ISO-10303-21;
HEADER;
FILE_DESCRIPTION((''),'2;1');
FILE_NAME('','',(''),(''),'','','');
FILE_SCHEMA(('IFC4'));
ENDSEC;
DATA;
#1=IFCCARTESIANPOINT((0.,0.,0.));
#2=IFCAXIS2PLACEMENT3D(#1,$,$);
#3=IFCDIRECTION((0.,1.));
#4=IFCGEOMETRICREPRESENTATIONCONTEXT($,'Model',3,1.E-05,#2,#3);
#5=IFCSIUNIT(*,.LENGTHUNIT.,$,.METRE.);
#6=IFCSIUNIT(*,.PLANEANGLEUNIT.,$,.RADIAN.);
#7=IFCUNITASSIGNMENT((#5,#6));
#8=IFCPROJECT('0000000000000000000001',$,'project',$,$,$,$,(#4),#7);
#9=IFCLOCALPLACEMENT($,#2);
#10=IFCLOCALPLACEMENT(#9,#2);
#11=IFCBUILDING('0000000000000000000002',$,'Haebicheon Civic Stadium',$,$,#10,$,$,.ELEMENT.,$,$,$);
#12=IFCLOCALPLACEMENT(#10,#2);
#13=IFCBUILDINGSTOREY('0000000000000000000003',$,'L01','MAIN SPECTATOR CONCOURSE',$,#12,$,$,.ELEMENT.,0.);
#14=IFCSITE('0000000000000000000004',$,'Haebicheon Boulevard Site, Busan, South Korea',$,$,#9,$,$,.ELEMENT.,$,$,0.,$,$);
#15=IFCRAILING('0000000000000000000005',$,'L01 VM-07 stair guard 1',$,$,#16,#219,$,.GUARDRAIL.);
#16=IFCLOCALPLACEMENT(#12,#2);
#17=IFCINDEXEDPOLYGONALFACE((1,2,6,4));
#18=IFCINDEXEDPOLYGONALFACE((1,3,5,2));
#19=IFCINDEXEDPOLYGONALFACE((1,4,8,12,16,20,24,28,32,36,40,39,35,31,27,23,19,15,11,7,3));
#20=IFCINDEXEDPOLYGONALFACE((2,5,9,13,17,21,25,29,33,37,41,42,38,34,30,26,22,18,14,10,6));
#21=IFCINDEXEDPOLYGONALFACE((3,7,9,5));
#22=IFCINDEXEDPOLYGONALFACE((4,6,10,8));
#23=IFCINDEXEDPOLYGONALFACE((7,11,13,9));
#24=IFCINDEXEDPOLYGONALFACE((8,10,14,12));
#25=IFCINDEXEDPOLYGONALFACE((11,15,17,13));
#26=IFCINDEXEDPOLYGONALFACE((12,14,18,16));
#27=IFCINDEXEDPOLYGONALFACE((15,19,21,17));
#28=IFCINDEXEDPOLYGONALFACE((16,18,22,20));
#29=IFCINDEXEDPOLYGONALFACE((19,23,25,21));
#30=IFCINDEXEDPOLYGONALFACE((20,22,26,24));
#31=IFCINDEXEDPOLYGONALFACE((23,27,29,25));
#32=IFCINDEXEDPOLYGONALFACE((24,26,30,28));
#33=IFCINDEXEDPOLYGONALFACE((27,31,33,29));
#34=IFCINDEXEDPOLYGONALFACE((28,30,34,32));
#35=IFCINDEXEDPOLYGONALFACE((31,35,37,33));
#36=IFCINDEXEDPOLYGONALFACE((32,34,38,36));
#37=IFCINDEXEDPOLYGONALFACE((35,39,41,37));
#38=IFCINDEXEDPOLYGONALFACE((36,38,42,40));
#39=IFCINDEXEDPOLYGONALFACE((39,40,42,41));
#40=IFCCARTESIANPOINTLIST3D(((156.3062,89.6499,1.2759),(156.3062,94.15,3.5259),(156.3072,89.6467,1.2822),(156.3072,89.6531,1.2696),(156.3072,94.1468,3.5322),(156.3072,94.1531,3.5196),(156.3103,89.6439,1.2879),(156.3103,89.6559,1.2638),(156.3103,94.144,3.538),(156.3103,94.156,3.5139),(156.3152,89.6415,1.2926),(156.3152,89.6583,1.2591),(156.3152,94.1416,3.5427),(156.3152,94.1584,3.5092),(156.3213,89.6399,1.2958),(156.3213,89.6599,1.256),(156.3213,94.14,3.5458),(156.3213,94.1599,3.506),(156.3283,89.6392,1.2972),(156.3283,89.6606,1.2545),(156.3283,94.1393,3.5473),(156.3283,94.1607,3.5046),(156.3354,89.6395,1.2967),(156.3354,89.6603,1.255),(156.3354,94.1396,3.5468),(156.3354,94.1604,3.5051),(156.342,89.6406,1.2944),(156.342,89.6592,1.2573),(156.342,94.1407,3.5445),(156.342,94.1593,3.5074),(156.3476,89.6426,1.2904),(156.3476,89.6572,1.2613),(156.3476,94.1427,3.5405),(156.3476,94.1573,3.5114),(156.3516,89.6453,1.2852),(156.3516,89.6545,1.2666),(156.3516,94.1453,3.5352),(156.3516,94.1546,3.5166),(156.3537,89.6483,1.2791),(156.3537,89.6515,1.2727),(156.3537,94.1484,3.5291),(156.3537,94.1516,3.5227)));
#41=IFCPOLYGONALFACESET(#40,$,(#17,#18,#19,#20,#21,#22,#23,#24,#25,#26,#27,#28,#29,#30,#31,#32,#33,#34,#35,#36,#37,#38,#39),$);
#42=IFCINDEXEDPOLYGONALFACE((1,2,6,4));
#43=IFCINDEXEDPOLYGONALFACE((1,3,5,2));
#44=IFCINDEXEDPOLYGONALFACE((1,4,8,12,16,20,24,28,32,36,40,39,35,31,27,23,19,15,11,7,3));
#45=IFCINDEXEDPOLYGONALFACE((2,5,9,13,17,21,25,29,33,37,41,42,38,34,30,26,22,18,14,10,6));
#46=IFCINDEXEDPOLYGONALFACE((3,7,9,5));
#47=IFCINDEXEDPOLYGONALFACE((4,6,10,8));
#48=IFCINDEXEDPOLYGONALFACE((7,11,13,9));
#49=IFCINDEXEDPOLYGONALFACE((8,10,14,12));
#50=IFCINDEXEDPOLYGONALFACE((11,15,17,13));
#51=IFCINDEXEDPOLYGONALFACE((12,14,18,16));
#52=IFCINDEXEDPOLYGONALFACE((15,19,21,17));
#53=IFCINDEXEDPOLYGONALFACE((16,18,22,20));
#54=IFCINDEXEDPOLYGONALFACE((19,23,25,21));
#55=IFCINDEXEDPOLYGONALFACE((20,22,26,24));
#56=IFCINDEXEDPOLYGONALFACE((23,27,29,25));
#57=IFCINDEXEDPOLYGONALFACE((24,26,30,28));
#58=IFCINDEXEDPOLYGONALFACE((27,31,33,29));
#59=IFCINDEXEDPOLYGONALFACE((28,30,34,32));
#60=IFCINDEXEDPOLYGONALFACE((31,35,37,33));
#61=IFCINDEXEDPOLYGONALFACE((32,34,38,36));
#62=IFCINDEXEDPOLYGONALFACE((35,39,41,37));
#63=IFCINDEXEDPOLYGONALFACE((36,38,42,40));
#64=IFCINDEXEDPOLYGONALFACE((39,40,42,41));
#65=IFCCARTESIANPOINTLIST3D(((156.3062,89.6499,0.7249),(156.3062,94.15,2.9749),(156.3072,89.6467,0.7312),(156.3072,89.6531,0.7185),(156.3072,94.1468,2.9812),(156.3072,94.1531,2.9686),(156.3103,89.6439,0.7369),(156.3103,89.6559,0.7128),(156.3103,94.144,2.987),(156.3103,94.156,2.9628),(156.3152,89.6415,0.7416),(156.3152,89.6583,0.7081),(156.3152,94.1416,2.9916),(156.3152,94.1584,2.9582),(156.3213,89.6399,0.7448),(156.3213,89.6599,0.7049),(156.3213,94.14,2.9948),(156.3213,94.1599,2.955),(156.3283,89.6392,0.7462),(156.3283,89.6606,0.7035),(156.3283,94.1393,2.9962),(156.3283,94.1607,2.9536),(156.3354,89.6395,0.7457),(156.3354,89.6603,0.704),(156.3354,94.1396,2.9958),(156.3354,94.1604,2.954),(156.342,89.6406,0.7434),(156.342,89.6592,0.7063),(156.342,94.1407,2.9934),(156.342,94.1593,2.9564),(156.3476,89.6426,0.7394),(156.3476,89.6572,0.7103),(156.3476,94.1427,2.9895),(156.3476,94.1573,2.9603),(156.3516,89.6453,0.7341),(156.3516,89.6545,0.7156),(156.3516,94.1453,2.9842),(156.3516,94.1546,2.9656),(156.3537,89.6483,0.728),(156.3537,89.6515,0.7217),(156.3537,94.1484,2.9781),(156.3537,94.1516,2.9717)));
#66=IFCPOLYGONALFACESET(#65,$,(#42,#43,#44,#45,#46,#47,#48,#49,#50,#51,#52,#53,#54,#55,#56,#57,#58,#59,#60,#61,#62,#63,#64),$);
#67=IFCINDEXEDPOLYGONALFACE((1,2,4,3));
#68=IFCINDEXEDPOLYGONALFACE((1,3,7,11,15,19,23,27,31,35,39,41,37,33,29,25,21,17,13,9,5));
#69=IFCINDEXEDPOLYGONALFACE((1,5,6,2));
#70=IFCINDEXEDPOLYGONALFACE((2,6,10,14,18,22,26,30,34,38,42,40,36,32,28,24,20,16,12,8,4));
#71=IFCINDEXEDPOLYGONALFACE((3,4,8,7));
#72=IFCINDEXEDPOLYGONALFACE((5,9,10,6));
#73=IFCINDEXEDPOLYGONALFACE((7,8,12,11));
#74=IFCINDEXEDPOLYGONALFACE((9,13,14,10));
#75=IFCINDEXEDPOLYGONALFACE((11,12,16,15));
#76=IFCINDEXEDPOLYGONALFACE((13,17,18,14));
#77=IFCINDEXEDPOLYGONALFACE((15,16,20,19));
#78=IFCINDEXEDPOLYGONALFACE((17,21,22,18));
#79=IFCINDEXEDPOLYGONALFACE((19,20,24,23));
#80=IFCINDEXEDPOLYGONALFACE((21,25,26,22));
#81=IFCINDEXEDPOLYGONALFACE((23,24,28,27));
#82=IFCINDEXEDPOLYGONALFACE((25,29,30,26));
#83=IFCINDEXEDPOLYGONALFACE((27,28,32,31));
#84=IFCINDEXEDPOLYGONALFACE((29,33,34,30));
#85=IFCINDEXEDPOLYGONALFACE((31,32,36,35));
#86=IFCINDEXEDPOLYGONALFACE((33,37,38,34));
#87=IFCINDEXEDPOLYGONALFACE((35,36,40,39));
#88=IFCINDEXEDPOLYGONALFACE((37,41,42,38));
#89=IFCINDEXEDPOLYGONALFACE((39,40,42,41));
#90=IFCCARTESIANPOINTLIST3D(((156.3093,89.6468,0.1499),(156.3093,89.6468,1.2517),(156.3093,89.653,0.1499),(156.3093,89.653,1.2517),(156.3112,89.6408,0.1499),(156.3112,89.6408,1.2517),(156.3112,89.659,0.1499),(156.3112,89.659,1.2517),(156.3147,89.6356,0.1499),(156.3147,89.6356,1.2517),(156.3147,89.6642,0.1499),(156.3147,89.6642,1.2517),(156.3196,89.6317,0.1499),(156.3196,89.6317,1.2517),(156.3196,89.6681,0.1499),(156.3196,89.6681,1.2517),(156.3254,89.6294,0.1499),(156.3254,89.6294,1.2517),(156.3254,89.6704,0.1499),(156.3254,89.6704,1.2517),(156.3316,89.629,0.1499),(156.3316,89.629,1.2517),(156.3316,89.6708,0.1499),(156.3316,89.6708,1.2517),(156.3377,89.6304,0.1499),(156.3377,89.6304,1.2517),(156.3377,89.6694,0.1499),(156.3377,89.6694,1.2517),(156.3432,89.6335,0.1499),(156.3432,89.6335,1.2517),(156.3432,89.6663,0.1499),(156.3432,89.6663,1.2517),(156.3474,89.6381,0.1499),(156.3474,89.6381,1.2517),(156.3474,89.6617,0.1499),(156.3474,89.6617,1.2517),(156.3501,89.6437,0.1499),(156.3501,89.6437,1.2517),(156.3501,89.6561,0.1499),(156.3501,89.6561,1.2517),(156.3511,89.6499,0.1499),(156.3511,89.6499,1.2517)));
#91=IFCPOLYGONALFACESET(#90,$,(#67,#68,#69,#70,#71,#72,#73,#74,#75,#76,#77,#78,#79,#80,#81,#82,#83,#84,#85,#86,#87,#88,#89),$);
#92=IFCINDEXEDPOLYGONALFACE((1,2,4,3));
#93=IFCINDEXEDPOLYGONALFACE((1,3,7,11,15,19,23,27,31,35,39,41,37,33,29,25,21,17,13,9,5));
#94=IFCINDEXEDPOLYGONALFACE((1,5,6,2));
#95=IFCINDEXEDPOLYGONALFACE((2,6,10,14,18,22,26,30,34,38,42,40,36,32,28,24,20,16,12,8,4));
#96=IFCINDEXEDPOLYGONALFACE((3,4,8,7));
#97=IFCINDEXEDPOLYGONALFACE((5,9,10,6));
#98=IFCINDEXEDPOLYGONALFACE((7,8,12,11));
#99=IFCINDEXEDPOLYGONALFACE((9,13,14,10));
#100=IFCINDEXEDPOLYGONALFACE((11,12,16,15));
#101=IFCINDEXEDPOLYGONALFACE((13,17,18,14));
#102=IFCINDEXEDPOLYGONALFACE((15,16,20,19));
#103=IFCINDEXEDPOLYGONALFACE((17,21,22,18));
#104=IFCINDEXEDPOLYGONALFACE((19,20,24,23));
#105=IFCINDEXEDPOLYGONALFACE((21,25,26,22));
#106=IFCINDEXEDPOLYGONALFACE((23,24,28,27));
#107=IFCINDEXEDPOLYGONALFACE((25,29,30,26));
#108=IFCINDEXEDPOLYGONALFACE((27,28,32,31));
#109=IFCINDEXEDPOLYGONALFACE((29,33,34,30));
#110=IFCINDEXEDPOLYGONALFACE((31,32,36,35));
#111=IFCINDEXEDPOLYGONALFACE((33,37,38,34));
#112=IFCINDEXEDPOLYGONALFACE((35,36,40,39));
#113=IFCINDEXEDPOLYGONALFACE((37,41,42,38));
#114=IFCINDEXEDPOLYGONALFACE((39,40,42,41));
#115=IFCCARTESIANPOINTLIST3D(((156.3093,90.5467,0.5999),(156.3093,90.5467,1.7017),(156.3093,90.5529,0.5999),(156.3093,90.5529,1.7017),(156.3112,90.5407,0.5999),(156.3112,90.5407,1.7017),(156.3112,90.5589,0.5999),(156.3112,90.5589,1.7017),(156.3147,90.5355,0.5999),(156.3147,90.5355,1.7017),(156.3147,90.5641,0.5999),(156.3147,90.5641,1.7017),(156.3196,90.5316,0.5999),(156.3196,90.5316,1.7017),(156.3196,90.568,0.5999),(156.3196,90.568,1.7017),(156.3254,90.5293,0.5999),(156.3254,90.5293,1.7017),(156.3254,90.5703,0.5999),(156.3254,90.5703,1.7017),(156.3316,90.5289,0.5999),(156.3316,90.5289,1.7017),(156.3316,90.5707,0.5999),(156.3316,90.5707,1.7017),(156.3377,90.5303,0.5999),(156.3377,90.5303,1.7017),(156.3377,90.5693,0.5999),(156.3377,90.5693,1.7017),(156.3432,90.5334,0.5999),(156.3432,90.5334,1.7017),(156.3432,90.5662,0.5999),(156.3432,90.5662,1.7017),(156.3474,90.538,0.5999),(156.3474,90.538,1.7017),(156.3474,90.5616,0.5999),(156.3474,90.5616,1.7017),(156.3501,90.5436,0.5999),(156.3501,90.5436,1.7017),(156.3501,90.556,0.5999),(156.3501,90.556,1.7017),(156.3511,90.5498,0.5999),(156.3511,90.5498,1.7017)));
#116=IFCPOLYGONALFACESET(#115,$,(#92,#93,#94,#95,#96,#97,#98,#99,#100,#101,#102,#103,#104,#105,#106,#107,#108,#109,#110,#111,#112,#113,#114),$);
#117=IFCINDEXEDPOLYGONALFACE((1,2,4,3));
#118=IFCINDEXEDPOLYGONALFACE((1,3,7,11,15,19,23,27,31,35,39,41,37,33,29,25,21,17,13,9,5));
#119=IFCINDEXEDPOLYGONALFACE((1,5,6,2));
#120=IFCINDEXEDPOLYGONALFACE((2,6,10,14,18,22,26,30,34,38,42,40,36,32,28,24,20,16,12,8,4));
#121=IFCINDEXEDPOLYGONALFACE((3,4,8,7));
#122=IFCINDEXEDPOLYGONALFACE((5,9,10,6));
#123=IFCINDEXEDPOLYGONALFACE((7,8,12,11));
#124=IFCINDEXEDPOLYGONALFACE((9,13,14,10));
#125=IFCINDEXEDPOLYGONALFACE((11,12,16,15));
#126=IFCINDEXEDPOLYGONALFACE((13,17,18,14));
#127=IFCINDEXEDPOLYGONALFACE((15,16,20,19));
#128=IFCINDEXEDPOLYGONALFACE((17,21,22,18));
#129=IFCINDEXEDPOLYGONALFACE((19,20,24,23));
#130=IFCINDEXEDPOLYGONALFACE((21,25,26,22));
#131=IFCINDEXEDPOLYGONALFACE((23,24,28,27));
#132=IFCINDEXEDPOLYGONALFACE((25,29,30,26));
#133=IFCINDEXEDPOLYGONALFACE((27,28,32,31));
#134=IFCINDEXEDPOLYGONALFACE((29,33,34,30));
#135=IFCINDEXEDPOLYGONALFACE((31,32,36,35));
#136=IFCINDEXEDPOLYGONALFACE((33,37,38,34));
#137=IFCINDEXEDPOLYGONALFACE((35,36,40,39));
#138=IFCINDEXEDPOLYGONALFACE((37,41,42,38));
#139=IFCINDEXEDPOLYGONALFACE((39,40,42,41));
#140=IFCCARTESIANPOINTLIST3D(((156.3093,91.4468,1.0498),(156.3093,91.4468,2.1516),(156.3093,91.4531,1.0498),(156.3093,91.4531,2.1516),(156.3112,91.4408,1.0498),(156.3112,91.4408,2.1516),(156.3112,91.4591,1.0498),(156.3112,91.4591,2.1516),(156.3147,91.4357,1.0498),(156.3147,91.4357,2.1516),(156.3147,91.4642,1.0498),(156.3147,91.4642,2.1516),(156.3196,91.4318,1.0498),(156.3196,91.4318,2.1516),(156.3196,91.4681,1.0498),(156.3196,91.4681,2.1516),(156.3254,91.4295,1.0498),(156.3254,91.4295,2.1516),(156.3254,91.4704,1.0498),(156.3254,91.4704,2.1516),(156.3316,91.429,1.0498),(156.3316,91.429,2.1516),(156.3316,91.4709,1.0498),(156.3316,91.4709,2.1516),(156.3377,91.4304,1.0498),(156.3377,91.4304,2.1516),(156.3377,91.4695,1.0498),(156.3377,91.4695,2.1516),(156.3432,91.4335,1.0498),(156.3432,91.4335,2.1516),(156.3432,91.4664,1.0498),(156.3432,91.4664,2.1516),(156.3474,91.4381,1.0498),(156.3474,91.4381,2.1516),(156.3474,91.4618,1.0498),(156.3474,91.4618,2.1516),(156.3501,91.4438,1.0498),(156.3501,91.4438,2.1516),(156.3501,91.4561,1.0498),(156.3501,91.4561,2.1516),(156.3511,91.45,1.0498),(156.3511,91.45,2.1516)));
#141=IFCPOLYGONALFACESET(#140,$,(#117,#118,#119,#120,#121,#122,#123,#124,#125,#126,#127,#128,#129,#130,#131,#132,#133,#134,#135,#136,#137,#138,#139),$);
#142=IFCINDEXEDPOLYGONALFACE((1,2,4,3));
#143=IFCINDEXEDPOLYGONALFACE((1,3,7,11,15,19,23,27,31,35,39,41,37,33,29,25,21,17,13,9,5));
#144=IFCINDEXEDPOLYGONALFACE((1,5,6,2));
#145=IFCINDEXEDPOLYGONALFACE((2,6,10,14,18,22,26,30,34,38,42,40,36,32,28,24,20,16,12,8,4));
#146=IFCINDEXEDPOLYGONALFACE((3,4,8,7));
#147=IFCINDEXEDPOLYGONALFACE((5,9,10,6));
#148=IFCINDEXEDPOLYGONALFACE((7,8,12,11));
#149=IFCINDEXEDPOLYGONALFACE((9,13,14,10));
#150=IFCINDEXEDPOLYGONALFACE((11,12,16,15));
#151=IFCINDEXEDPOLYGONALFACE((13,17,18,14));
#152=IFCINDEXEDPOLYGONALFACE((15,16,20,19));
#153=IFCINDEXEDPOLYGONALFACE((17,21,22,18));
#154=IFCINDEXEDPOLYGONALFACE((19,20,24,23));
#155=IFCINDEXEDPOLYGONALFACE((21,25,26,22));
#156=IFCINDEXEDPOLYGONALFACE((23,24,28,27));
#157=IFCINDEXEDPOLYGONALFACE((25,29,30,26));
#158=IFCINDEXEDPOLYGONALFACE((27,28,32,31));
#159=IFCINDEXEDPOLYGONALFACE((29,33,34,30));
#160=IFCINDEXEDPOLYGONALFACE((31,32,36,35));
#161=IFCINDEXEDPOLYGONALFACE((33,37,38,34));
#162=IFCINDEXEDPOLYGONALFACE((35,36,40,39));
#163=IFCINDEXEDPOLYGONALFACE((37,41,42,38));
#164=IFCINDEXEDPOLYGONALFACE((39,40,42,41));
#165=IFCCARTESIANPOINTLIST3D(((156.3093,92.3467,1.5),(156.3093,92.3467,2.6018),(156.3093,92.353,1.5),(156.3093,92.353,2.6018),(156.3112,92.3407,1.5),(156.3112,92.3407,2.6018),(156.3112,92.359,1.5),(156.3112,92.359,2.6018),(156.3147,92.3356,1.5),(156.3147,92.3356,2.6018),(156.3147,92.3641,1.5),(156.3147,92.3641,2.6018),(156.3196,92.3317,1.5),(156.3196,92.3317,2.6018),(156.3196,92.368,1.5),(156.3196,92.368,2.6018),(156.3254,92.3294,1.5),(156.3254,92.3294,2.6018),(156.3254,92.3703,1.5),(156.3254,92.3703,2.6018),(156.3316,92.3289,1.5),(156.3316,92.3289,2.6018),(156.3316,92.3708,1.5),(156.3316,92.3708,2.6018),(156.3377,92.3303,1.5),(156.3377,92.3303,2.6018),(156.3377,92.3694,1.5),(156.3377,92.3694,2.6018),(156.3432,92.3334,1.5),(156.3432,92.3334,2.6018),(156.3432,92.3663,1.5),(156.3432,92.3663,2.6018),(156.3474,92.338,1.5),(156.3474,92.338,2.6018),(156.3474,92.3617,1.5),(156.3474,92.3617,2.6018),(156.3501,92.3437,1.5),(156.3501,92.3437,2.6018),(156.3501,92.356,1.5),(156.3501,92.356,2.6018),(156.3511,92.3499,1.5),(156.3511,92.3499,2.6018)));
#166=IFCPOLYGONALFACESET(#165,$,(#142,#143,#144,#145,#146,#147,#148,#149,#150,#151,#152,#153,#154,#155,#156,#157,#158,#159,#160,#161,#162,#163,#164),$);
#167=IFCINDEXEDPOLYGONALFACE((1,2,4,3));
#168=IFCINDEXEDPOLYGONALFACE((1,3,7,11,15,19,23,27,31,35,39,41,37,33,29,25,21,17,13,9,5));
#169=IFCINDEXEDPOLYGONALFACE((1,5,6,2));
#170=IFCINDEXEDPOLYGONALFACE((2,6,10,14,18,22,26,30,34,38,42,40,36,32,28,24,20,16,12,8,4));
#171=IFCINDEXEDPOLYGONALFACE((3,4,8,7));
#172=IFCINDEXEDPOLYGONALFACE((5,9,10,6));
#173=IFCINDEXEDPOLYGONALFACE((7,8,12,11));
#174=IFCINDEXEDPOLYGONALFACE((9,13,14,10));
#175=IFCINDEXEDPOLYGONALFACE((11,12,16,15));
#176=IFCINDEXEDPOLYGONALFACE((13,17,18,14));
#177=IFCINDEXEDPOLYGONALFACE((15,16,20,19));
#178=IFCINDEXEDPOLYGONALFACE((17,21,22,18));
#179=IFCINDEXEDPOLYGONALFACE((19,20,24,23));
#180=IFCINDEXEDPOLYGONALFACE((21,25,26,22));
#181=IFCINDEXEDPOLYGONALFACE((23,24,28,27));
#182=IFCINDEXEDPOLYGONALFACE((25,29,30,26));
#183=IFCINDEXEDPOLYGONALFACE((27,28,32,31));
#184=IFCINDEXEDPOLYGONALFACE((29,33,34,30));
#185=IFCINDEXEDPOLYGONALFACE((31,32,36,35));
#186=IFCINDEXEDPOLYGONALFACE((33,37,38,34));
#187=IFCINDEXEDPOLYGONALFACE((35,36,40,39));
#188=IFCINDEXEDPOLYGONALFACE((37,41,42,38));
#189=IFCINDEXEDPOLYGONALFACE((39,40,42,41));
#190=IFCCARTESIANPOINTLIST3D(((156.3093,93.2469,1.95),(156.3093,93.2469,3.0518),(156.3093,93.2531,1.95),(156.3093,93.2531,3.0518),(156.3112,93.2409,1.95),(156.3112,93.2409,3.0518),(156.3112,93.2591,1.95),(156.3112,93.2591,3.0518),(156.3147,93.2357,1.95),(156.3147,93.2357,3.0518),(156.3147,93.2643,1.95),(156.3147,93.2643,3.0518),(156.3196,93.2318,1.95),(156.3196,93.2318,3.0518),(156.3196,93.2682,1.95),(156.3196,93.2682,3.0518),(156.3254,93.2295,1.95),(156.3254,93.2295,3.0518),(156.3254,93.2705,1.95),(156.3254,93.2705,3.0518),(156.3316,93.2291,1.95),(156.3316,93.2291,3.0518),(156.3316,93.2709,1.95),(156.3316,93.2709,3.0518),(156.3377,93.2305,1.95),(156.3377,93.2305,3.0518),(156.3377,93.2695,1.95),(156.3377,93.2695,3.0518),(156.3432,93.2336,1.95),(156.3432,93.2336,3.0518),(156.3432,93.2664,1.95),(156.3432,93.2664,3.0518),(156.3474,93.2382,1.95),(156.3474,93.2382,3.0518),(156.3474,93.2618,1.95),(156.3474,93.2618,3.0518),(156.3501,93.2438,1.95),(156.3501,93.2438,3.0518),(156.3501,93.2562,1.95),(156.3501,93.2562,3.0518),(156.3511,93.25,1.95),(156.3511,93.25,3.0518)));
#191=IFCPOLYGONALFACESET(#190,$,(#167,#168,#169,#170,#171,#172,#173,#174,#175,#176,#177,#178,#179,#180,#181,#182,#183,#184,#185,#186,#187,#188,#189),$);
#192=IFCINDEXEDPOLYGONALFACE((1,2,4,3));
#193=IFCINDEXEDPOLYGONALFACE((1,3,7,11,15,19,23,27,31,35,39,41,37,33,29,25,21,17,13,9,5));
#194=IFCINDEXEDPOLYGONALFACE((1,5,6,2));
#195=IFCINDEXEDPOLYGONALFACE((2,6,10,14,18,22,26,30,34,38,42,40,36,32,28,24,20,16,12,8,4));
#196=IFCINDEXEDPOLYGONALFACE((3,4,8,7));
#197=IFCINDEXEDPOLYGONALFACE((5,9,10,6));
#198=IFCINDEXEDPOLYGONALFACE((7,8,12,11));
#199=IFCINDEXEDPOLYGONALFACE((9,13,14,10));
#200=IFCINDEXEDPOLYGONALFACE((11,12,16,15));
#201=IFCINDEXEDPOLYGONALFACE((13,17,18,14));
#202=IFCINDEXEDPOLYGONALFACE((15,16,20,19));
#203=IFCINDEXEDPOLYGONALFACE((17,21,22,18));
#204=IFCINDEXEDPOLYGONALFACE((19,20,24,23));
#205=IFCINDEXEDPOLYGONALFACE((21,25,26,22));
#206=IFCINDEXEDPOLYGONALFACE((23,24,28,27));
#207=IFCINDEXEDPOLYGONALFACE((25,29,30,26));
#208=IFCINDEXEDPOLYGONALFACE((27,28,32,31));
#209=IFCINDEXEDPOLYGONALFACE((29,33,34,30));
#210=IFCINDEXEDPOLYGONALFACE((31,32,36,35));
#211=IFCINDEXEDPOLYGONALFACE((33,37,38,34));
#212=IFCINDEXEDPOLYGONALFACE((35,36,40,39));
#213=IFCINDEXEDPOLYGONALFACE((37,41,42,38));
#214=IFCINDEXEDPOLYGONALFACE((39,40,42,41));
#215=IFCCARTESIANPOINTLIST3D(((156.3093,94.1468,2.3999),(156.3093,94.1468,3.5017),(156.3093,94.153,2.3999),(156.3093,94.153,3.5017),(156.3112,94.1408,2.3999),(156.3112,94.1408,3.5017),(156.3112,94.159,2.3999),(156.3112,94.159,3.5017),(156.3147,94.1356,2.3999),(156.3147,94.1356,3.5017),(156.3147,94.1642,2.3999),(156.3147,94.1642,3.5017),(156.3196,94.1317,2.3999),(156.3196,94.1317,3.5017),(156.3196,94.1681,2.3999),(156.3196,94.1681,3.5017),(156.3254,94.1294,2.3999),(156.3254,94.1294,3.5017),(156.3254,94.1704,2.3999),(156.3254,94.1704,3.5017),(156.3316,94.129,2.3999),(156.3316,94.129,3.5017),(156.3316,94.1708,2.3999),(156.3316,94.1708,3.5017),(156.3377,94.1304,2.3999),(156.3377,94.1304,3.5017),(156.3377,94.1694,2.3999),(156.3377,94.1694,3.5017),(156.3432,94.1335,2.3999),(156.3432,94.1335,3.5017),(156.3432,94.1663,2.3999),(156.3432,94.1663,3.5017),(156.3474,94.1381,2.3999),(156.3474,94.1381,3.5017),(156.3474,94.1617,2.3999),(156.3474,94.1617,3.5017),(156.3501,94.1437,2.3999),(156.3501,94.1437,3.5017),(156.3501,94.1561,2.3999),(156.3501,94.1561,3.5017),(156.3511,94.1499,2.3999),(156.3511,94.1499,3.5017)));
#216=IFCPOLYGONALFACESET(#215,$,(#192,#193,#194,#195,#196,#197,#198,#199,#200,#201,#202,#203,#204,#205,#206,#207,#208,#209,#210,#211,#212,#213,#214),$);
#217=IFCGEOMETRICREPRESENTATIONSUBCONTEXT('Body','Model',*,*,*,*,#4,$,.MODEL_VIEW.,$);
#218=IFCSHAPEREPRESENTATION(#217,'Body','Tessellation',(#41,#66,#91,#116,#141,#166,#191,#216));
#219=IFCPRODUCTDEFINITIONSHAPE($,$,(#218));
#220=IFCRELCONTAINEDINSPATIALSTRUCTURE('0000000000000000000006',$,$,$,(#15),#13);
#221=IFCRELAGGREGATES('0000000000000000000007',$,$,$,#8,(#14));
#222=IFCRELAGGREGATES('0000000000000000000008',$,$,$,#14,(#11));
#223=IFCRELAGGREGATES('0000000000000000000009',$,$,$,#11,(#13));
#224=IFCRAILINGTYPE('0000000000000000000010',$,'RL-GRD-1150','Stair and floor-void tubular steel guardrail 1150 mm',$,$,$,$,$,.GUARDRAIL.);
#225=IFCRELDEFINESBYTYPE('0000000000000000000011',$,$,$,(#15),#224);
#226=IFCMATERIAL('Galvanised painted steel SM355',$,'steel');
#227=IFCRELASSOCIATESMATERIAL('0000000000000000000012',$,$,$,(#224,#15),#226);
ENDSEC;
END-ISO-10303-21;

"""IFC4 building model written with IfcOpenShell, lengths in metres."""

from ifc_helpers import new_model, si_unit, direction, frame, origin, origin_2d, place, context, subcontext, project, spatial, circle, extrude, material, type_object, element, save


model = new_model("IFC4")

# Units and contexts
model_context = context("Model", 3, precision=1e-05, world=origin(), true_north=direction((0.0, 1.0)))
body_context = subcontext(model_context, "Body", "Model", "MODEL_VIEW")
ifc_project = project(units=[si_unit("LENGTHUNIT", "METRE"), si_unit("PLANEANGLEUNIT", "RADIAN")], contexts=[model_context])

# Site, building, storey
site_placement = place(None, origin())
site = spatial("IfcSite", under=ifc_project, at=site_placement, Name="Haebicheon Boulevard Site, Busan, South Korea", CompositionType="ELEMENT", RefElevation=0.0)
building_placement = place(site_placement, origin())
building = spatial("IfcBuilding", under=site, at=building_placement, Name="Haebicheon Civic Stadium", CompositionType="ELEMENT")
storey_placement = place(building_placement, origin())
storey = spatial("IfcBuildingStorey", under=building, at=storey_placement, Name="L01", Description="MAIN SPECTATOR CONCOURSE", CompositionType="ELEMENT", Elevation=0.0)

# Railing
ifc_material_1 = material(Name="Galvanised painted steel SM355", Category="steel")
railing_type_1 = type_object("IfcRailingType", Name="RL-GRD-1150", Description="Stair and floor-void tubular steel guardrail 1150 mm", PredefinedType="GUARDRAIL", material=ifc_material_1)
railing_1_placement = place(storey_placement, frame((156.3301, 89.6499, 0.1499)))
element("IfcRailing", 1, at=railing_1_placement, inside=storey, type_object=railing_type_1, material=ifc_material_1, Name="L01 VM-07 stair guard 1", PredefinedType="GUARDRAIL", context=body_context, shape_type="SweptSolid", body=[
    extrude(circle(Radius=0.0239, at=origin_2d()), frame((0.0, 0.0, 1.126), z_axis=(0.0, 0.894427, 0.447214), x_axis=(-1.0, 0.0, 0.0)), (0.0, 0.0, 1.0), 5.0312),
    extrude(circle(Radius=0.0239, at=origin_2d()), frame((0.0, 0.0, 0.575), z_axis=(0.0, 0.894427, 0.447214), x_axis=(-1.0, 0.0, 0.0)), (0.0, 0.0, 1.0), 5.0312),
    extrude(circle(Radius=0.021, at=origin_2d()), origin(), (0.0, 0.0, 1.0), 1.1018),
    extrude(circle(Radius=0.021, at=origin_2d()), frame((0.0, 0.8999, 0.45)), (0.0, 0.0, 1.0), 1.1018),
    extrude(circle(Radius=0.021, at=origin_2d()), frame((0.0, 1.8, 0.8999)), (0.0, 0.0, 1.0), 1.1018),
    extrude(circle(Radius=0.021, at=origin_2d()), frame((0.0, 2.7, 1.3501)), (0.0, 0.0, 1.0), 1.1018),
    extrude(circle(Radius=0.021, at=origin_2d()), frame((0.0, 3.6001, 1.8)), (0.0, 0.0, 1.0), 1.1018),
    extrude(circle(Radius=0.021, at=origin_2d()), frame((0.0, 4.5, 2.25)), (0.0, 0.0, 1.0), 1.1018),
])

save(model, "model.ifc")
